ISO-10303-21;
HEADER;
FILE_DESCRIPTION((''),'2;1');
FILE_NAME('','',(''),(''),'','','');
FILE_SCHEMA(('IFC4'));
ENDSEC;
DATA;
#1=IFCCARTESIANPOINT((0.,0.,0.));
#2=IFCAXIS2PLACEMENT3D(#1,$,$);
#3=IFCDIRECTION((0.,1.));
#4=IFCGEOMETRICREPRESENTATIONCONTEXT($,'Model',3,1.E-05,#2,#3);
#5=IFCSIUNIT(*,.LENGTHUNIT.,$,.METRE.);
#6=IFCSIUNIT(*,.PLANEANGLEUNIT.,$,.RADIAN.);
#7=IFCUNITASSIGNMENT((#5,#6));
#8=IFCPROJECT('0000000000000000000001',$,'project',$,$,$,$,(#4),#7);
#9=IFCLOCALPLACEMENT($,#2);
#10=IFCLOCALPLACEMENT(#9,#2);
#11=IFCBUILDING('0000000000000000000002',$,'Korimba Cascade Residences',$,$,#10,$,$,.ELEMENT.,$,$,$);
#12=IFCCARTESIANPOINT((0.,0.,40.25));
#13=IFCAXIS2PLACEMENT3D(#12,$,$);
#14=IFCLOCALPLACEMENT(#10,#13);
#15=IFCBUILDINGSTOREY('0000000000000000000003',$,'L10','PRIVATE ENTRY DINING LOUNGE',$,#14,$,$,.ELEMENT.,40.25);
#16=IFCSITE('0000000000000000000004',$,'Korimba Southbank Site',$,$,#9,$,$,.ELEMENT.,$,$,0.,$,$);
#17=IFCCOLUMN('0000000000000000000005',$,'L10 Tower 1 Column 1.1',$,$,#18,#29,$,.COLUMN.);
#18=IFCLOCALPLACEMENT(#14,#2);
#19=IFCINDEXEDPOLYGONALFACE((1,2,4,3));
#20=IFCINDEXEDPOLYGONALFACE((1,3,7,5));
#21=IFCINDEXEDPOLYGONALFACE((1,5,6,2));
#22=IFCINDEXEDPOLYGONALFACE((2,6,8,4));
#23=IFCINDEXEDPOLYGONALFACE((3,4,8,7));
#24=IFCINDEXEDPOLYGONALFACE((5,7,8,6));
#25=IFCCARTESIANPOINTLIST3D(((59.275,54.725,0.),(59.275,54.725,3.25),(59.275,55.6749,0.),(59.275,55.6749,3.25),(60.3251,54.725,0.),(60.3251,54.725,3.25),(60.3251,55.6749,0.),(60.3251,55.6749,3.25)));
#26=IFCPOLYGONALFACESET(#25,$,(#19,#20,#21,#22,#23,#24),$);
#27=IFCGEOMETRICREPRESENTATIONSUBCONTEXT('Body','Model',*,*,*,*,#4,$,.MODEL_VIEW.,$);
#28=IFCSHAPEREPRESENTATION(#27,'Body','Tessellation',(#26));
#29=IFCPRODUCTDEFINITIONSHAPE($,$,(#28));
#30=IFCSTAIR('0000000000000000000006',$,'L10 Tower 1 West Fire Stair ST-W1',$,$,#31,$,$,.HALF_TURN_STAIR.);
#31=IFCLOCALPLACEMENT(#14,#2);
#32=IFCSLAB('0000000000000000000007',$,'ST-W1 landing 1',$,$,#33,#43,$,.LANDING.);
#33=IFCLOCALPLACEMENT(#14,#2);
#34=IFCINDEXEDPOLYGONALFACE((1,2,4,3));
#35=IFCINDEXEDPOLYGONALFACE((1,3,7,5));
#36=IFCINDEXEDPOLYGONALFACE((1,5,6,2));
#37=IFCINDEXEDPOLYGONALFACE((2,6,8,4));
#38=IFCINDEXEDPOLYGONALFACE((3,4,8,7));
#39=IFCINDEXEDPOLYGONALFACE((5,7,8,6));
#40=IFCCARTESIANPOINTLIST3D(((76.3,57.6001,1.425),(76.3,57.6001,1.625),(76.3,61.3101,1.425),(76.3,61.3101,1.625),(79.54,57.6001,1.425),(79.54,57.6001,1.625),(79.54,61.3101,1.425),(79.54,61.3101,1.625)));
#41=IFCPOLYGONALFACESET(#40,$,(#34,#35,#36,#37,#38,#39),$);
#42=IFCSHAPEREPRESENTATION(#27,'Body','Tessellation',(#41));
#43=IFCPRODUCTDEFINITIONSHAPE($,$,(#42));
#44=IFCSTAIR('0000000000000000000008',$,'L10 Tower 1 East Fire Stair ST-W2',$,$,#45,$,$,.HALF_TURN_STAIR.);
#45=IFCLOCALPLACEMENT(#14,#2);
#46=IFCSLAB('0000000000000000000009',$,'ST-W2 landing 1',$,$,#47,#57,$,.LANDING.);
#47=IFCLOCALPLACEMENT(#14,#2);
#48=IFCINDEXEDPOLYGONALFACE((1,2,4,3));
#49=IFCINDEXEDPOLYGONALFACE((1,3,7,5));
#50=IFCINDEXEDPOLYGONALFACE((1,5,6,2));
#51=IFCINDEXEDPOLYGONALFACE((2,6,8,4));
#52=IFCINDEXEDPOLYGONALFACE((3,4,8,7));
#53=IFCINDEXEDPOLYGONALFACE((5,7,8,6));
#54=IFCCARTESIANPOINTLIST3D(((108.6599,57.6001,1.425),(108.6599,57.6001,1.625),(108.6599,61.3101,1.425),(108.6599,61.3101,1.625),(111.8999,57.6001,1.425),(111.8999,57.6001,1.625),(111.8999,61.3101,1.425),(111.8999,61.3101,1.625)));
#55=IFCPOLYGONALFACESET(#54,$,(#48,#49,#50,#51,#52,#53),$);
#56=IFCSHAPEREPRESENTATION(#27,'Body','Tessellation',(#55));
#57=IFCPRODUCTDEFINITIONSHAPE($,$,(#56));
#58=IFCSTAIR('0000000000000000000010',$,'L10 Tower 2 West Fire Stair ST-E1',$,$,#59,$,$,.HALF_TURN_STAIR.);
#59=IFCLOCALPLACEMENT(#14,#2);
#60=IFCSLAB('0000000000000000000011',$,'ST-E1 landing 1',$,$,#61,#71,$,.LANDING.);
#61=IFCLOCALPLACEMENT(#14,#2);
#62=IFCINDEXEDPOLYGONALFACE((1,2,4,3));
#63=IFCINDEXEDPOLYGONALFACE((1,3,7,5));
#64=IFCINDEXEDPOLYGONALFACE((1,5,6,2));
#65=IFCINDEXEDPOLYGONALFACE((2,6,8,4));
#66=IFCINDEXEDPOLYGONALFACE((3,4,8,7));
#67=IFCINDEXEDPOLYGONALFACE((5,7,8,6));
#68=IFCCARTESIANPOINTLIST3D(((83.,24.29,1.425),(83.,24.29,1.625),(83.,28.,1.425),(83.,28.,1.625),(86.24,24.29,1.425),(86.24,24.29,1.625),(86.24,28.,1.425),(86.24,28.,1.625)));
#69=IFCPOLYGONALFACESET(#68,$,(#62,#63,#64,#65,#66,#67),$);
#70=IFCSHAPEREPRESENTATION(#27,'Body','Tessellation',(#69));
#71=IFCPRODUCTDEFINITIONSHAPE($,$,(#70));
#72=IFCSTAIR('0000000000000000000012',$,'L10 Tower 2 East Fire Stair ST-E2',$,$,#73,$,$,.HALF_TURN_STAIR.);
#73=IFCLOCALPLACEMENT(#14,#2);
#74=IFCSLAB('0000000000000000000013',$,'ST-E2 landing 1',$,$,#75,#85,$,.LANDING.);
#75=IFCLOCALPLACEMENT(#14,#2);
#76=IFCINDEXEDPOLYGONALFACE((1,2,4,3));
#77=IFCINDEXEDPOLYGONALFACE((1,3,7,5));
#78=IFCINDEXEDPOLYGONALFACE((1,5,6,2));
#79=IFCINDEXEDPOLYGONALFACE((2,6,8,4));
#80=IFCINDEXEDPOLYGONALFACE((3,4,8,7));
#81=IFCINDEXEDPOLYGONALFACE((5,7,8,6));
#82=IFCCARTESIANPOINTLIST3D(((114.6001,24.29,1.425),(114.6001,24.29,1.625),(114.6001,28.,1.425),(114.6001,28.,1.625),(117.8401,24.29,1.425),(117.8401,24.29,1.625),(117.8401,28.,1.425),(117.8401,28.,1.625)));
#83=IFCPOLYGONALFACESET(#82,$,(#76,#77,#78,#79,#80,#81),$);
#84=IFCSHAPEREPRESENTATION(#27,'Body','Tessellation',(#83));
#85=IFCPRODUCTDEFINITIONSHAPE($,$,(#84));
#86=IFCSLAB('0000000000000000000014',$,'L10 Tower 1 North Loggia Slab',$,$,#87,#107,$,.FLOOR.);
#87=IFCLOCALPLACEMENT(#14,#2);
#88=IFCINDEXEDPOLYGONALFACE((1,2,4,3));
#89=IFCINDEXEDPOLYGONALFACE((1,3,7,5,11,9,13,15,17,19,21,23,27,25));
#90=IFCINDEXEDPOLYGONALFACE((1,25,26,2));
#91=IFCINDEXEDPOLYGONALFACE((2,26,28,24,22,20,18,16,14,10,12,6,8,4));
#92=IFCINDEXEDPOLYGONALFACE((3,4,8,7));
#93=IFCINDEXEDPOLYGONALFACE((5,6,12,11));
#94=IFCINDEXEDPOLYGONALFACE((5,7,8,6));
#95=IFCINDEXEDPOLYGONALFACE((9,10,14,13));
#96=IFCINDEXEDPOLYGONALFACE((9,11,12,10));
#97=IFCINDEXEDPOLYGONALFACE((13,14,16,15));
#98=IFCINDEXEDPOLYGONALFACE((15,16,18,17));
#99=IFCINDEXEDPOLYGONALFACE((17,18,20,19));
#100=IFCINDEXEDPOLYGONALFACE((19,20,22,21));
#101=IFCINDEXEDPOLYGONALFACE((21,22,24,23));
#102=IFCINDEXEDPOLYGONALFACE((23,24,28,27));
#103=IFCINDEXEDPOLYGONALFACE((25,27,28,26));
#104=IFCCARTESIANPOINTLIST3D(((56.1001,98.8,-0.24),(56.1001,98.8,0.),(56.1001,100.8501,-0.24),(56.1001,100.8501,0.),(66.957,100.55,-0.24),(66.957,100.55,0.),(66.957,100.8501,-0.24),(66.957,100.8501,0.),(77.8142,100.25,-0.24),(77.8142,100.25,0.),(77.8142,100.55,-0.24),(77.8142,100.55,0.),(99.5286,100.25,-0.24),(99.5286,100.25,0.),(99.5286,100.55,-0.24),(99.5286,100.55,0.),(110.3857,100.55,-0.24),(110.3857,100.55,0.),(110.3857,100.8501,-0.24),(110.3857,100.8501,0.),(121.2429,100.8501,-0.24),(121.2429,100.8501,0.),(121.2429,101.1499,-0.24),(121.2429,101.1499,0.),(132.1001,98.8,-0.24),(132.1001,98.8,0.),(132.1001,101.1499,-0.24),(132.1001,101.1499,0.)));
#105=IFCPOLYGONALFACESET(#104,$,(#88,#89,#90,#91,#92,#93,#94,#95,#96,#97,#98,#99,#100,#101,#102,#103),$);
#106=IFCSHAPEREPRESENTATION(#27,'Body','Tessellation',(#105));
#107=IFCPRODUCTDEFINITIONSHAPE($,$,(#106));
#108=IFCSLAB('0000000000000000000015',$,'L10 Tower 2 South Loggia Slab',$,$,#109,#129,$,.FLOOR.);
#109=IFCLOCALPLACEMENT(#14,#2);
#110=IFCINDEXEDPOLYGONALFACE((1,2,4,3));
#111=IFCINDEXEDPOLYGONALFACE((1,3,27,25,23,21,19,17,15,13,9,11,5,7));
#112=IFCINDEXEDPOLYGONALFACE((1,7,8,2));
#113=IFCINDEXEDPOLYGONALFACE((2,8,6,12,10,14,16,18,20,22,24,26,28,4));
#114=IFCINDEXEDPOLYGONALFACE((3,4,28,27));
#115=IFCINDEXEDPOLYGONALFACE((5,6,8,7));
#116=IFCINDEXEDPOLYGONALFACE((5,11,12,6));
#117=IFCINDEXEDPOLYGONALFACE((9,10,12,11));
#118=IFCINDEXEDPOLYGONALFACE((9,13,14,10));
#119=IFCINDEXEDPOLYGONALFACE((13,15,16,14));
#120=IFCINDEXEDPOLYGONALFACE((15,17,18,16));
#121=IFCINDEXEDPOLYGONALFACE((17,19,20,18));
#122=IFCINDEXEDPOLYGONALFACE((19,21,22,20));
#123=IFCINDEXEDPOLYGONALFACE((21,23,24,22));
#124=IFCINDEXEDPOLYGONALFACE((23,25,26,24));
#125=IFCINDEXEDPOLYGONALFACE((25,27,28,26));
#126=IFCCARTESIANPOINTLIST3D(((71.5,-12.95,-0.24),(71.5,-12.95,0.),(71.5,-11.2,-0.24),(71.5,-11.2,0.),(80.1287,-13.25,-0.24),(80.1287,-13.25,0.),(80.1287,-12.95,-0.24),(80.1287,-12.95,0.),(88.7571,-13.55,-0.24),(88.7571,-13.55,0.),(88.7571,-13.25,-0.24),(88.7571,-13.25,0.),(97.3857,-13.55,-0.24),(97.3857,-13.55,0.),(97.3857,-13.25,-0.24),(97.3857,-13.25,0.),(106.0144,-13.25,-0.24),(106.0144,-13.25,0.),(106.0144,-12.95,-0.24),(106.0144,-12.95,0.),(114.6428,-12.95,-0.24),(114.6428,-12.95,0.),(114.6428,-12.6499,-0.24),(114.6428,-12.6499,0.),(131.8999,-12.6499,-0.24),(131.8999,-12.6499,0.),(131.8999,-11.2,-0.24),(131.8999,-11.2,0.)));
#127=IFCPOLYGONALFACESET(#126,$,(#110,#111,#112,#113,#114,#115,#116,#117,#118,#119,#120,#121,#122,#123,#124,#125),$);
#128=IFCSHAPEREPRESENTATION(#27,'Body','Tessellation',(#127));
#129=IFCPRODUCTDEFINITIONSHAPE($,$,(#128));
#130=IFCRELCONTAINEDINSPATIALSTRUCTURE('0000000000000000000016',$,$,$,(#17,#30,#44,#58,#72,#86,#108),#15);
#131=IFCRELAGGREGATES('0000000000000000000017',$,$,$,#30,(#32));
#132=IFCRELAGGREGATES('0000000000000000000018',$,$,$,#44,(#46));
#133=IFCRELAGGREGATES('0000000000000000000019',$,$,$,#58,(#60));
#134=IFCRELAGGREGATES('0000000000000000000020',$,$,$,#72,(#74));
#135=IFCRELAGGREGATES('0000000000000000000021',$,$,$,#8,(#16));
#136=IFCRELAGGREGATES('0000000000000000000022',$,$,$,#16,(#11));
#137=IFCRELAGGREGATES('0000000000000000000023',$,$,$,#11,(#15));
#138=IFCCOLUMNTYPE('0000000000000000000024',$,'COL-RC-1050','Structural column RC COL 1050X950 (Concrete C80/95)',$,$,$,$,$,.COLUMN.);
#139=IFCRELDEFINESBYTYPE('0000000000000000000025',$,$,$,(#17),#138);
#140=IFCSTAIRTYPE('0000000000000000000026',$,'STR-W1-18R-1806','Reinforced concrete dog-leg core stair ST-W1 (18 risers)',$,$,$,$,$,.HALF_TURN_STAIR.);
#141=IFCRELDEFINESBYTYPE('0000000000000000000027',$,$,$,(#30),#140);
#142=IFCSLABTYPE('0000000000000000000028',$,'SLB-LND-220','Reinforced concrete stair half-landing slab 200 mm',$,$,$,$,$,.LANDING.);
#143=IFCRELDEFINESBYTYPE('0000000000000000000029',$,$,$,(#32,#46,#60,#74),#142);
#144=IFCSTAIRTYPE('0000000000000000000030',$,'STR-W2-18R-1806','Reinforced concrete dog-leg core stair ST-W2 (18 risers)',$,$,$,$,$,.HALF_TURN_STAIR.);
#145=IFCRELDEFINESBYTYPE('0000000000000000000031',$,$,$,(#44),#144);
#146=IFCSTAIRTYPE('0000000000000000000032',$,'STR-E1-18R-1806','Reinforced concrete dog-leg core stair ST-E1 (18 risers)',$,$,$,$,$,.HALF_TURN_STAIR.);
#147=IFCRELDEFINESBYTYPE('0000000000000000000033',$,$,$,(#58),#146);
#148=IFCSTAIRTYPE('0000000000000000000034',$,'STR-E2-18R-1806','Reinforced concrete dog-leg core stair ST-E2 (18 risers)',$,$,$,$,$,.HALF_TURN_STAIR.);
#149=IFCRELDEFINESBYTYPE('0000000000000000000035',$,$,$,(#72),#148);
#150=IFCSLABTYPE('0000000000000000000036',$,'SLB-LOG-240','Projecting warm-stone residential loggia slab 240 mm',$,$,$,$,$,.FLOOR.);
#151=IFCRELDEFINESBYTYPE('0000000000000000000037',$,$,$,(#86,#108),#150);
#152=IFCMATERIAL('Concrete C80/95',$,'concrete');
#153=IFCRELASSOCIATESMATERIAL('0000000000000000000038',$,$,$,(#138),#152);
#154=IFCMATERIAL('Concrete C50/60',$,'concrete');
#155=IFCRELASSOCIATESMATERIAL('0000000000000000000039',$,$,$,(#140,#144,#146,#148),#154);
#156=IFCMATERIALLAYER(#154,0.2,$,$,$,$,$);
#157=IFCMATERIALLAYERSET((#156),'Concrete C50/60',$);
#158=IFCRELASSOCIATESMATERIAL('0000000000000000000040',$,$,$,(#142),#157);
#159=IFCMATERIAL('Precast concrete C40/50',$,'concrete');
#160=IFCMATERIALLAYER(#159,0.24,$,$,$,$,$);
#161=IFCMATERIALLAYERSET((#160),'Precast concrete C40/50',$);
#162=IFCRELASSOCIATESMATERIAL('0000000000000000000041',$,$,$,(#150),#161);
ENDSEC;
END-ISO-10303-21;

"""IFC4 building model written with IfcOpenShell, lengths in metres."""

from ifc_helpers import new_model, si_unit, direction, frame, origin, origin_2d, place, context, subcontext, project, spatial, polyline, rectangle, outline, extrude, material, layer, layer_set, material_profile, profile_set, type_object, element, aggregate, save


model = new_model("IFC4")

# Units and contexts
model_context = context("Model", 3, precision=1e-05, world=origin(), true_north=direction((0.0, 1.0)))
body_context = subcontext(model_context, "Body", "Model", "MODEL_VIEW")
ifc_project = project(units=[si_unit("LENGTHUNIT", "METRE"), si_unit("PLANEANGLEUNIT", "RADIAN")], contexts=[model_context])

# Site, building, storey
site_placement = place(None, origin())
site = spatial("IfcSite", under=ifc_project, at=site_placement, Name="Korimba Southbank Site", CompositionType="ELEMENT", RefElevation=0.0)
building_placement = place(site_placement, origin())
building = spatial("IfcBuilding", under=site, at=building_placement, Name="Korimba Cascade Residences", CompositionType="ELEMENT")
storey_placement = place(building_placement, frame((0.0, 0.0, 40.25)))
storey = spatial("IfcBuildingStorey", under=building, at=storey_placement, Name="L10", Description="PRIVATE ENTRY DINING LOUNGE", CompositionType="ELEMENT", Elevation=40.25)

# Column
ifc_material_1 = material(Name="Concrete C80/95", Category="concrete")
ifc_material_profile = material_profile(ifc_material_1, rectangle(XDim=1.05, YDim=0.95, at=origin_2d()), Name="Concrete C80/95")
ifc_profile_set = profile_set([ifc_material_profile], Name="Concrete C80/95")
column_type = type_object("IfcColumnType", Name="COL-RC-1050", Description="Structural column RC COL 1050X950 (Concrete C80/95)", PredefinedType="COLUMN", material=ifc_profile_set)
column_placement = place(storey_placement, frame((59.8, 55.2, 0.0), z_axis=(0.0, 0.0, 1.0), x_axis=(1.0, 0.0, 0.0)))
element("IfcColumn", 1, at=column_placement, inside=storey, type_object=column_type, Name="L10 Tower 1 Column 1.1", PredefinedType="COLUMN", context=body_context, shape_type="SweptSolid", body=[
    extrude(rectangle(XDim=1.05, YDim=0.95, at=origin_2d()), origin(), (0.0, 0.0, 1.0), 3.25),
])

# Stairs, slabs
ifc_material_2 = material(Name="Concrete C50/60", Category="concrete")
stair_type_1 = type_object("IfcStairType", Name="STR-W1-18R-1806", Description="Reinforced concrete dog-leg core stair ST-W1 (18 risers)", PredefinedType="HALF_TURN_STAIR", material=ifc_material_2)
stair_1_placement = place(storey_placement, origin())
stair_1 = element("IfcStair", 2, at=stair_1_placement, inside=storey, type_object=stair_type_1, Name="L10 Tower 1 West Fire Stair ST-W1", PredefinedType="HALF_TURN_STAIR")
ifc_layer_1 = layer(ifc_material_2, 0.2)
ifc_layer_set_1 = layer_set([ifc_layer_1], Name="Concrete C50/60")
slab_type_1 = type_object("IfcSlabType", Name="SLB-LND-220", Description="Reinforced concrete stair half-landing slab 200 mm", PredefinedType="LANDING", material=ifc_layer_set_1)
slab_1_placement = place(storey_placement, frame((0.0, 0.0, 1.425)))
slab_1 = element("IfcSlab", 3, at=slab_1_placement, type_object=slab_type_1, Name="ST-W1 landing 1", PredefinedType="LANDING", context=body_context, shape_type="SweptSolid", body=[
    extrude(outline(polyline([(76.3, 61.3101), (76.3, 57.6001), (79.54, 57.6001), (79.54, 61.3101), (76.3, 61.3101)])), origin(), (0.0, 0.0, 1.0), 0.2),
])
aggregate(stair_1, [slab_1])
stair_type_2 = type_object("IfcStairType", Name="STR-W2-18R-1806", Description="Reinforced concrete dog-leg core stair ST-W2 (18 risers)", PredefinedType="HALF_TURN_STAIR", material=ifc_material_2)
stair_2_placement = place(storey_placement, origin())
stair_2 = element("IfcStair", 4, at=stair_2_placement, inside=storey, type_object=stair_type_2, Name="L10 Tower 1 East Fire Stair ST-W2", PredefinedType="HALF_TURN_STAIR")
slab_2_placement = place(storey_placement, frame((0.0, 0.0, 1.425)))
slab_2 = element("IfcSlab", 5, at=slab_2_placement, type_object=slab_type_1, Name="ST-W2 landing 1", PredefinedType="LANDING", context=body_context, shape_type="SweptSolid", body=[
    extrude(outline(polyline([(108.6599, 61.3101), (108.6599, 57.6001), (111.8999, 57.6001), (111.8999, 61.3101), (108.6599, 61.3101)])), origin(), (0.0, 0.0, 1.0), 0.2),
])
aggregate(stair_2, [slab_2])
stair_type_3 = type_object("IfcStairType", Name="STR-E1-18R-1806", Description="Reinforced concrete dog-leg core stair ST-E1 (18 risers)", PredefinedType="HALF_TURN_STAIR", material=ifc_material_2)
stair_3_placement = place(storey_placement, origin())
stair_3 = element("IfcStair", 6, at=stair_3_placement, inside=storey, type_object=stair_type_3, Name="L10 Tower 2 West Fire Stair ST-E1", PredefinedType="HALF_TURN_STAIR")
slab_3_placement = place(storey_placement, frame((0.0, 0.0, 1.425)))
slab_3 = element("IfcSlab", 7, at=slab_3_placement, type_object=slab_type_1, Name="ST-E1 landing 1", PredefinedType="LANDING", context=body_context, shape_type="SweptSolid", body=[
    extrude(outline(polyline([(86.24, 24.29), (86.24, 28.0), (83.0, 28.0), (83.0, 24.29), (86.24, 24.29)])), origin(), (0.0, 0.0, 1.0), 0.2),
])
aggregate(stair_3, [slab_3])
stair_type_4 = type_object("IfcStairType", Name="STR-E2-18R-1806", Description="Reinforced concrete dog-leg core stair ST-E2 (18 risers)", PredefinedType="HALF_TURN_STAIR", material=ifc_material_2)
stair_4_placement = place(storey_placement, origin())
stair_4 = element("IfcStair", 8, at=stair_4_placement, inside=storey, type_object=stair_type_4, Name="L10 Tower 2 East Fire Stair ST-E2", PredefinedType="HALF_TURN_STAIR")
slab_4_placement = place(storey_placement, frame((0.0, 0.0, 1.425)))
slab_4 = element("IfcSlab", 9, at=slab_4_placement, type_object=slab_type_1, Name="ST-E2 landing 1", PredefinedType="LANDING", context=body_context, shape_type="SweptSolid", body=[
    extrude(outline(polyline([(117.8401, 24.29), (117.8401, 28.0), (114.6001, 28.0), (114.6001, 24.29), (117.8401, 24.29)])), origin(), (0.0, 0.0, 1.0), 0.2),
])
aggregate(stair_4, [slab_4])

# Slabs
ifc_material_3 = material(Name="Precast concrete C40/50", Category="concrete")
ifc_layer_2 = layer(ifc_material_3, 0.24)
ifc_layer_set_2 = layer_set([ifc_layer_2], Name="Precast concrete C40/50")
slab_type_2 = type_object("IfcSlabType", Name="SLB-LOG-240", Description="Projecting warm-stone residential loggia slab 240 mm", PredefinedType="FLOOR", material=ifc_layer_set_2)
slab_5_placement = place(storey_placement, frame((0.0, 0.0, -0.24)))
element("IfcSlab", 10, at=slab_5_placement, inside=storey, type_object=slab_type_2, Name="L10 Tower 1 North Loggia Slab", PredefinedType="FLOOR", context=body_context, shape_type="SweptSolid", body=[
    extrude(outline(polyline([(56.1001, 98.8), (132.1001, 98.8), (132.1001, 101.1499), (121.2429, 101.1499), (121.2429, 100.8501), (110.3857, 100.8501), (110.3857, 100.55), (99.5286, 100.55), (99.5286, 100.25), (77.8142, 100.25), (77.8142, 100.55), (66.957, 100.55), (66.957, 100.8501), (56.1001, 100.8501), (56.1001, 98.8)])), origin(), (0.0, 0.0, 1.0), 0.24),
])
slab_6_placement = place(storey_placement, frame((0.0, 0.0, -0.24)))
element("IfcSlab", 11, at=slab_6_placement, inside=storey, type_object=slab_type_2, Name="L10 Tower 2 South Loggia Slab", PredefinedType="FLOOR", context=body_context, shape_type="SweptSolid", body=[
    extrude(outline(polyline([(71.5, -12.95), (80.1287, -12.95), (80.1287, -13.25), (88.7571, -13.25), (88.7571, -13.55), (97.3857, -13.55), (97.3857, -13.25), (106.0144, -13.25), (106.0144, -12.95), (114.6428, -12.95), (114.6428, -12.6499), (131.8999, -12.6499), (131.8999, -11.2), (71.5, -11.2), (71.5, -12.95)])), origin(), (0.0, 0.0, 1.0), 0.24),
])

save(model, "model.ifc")
